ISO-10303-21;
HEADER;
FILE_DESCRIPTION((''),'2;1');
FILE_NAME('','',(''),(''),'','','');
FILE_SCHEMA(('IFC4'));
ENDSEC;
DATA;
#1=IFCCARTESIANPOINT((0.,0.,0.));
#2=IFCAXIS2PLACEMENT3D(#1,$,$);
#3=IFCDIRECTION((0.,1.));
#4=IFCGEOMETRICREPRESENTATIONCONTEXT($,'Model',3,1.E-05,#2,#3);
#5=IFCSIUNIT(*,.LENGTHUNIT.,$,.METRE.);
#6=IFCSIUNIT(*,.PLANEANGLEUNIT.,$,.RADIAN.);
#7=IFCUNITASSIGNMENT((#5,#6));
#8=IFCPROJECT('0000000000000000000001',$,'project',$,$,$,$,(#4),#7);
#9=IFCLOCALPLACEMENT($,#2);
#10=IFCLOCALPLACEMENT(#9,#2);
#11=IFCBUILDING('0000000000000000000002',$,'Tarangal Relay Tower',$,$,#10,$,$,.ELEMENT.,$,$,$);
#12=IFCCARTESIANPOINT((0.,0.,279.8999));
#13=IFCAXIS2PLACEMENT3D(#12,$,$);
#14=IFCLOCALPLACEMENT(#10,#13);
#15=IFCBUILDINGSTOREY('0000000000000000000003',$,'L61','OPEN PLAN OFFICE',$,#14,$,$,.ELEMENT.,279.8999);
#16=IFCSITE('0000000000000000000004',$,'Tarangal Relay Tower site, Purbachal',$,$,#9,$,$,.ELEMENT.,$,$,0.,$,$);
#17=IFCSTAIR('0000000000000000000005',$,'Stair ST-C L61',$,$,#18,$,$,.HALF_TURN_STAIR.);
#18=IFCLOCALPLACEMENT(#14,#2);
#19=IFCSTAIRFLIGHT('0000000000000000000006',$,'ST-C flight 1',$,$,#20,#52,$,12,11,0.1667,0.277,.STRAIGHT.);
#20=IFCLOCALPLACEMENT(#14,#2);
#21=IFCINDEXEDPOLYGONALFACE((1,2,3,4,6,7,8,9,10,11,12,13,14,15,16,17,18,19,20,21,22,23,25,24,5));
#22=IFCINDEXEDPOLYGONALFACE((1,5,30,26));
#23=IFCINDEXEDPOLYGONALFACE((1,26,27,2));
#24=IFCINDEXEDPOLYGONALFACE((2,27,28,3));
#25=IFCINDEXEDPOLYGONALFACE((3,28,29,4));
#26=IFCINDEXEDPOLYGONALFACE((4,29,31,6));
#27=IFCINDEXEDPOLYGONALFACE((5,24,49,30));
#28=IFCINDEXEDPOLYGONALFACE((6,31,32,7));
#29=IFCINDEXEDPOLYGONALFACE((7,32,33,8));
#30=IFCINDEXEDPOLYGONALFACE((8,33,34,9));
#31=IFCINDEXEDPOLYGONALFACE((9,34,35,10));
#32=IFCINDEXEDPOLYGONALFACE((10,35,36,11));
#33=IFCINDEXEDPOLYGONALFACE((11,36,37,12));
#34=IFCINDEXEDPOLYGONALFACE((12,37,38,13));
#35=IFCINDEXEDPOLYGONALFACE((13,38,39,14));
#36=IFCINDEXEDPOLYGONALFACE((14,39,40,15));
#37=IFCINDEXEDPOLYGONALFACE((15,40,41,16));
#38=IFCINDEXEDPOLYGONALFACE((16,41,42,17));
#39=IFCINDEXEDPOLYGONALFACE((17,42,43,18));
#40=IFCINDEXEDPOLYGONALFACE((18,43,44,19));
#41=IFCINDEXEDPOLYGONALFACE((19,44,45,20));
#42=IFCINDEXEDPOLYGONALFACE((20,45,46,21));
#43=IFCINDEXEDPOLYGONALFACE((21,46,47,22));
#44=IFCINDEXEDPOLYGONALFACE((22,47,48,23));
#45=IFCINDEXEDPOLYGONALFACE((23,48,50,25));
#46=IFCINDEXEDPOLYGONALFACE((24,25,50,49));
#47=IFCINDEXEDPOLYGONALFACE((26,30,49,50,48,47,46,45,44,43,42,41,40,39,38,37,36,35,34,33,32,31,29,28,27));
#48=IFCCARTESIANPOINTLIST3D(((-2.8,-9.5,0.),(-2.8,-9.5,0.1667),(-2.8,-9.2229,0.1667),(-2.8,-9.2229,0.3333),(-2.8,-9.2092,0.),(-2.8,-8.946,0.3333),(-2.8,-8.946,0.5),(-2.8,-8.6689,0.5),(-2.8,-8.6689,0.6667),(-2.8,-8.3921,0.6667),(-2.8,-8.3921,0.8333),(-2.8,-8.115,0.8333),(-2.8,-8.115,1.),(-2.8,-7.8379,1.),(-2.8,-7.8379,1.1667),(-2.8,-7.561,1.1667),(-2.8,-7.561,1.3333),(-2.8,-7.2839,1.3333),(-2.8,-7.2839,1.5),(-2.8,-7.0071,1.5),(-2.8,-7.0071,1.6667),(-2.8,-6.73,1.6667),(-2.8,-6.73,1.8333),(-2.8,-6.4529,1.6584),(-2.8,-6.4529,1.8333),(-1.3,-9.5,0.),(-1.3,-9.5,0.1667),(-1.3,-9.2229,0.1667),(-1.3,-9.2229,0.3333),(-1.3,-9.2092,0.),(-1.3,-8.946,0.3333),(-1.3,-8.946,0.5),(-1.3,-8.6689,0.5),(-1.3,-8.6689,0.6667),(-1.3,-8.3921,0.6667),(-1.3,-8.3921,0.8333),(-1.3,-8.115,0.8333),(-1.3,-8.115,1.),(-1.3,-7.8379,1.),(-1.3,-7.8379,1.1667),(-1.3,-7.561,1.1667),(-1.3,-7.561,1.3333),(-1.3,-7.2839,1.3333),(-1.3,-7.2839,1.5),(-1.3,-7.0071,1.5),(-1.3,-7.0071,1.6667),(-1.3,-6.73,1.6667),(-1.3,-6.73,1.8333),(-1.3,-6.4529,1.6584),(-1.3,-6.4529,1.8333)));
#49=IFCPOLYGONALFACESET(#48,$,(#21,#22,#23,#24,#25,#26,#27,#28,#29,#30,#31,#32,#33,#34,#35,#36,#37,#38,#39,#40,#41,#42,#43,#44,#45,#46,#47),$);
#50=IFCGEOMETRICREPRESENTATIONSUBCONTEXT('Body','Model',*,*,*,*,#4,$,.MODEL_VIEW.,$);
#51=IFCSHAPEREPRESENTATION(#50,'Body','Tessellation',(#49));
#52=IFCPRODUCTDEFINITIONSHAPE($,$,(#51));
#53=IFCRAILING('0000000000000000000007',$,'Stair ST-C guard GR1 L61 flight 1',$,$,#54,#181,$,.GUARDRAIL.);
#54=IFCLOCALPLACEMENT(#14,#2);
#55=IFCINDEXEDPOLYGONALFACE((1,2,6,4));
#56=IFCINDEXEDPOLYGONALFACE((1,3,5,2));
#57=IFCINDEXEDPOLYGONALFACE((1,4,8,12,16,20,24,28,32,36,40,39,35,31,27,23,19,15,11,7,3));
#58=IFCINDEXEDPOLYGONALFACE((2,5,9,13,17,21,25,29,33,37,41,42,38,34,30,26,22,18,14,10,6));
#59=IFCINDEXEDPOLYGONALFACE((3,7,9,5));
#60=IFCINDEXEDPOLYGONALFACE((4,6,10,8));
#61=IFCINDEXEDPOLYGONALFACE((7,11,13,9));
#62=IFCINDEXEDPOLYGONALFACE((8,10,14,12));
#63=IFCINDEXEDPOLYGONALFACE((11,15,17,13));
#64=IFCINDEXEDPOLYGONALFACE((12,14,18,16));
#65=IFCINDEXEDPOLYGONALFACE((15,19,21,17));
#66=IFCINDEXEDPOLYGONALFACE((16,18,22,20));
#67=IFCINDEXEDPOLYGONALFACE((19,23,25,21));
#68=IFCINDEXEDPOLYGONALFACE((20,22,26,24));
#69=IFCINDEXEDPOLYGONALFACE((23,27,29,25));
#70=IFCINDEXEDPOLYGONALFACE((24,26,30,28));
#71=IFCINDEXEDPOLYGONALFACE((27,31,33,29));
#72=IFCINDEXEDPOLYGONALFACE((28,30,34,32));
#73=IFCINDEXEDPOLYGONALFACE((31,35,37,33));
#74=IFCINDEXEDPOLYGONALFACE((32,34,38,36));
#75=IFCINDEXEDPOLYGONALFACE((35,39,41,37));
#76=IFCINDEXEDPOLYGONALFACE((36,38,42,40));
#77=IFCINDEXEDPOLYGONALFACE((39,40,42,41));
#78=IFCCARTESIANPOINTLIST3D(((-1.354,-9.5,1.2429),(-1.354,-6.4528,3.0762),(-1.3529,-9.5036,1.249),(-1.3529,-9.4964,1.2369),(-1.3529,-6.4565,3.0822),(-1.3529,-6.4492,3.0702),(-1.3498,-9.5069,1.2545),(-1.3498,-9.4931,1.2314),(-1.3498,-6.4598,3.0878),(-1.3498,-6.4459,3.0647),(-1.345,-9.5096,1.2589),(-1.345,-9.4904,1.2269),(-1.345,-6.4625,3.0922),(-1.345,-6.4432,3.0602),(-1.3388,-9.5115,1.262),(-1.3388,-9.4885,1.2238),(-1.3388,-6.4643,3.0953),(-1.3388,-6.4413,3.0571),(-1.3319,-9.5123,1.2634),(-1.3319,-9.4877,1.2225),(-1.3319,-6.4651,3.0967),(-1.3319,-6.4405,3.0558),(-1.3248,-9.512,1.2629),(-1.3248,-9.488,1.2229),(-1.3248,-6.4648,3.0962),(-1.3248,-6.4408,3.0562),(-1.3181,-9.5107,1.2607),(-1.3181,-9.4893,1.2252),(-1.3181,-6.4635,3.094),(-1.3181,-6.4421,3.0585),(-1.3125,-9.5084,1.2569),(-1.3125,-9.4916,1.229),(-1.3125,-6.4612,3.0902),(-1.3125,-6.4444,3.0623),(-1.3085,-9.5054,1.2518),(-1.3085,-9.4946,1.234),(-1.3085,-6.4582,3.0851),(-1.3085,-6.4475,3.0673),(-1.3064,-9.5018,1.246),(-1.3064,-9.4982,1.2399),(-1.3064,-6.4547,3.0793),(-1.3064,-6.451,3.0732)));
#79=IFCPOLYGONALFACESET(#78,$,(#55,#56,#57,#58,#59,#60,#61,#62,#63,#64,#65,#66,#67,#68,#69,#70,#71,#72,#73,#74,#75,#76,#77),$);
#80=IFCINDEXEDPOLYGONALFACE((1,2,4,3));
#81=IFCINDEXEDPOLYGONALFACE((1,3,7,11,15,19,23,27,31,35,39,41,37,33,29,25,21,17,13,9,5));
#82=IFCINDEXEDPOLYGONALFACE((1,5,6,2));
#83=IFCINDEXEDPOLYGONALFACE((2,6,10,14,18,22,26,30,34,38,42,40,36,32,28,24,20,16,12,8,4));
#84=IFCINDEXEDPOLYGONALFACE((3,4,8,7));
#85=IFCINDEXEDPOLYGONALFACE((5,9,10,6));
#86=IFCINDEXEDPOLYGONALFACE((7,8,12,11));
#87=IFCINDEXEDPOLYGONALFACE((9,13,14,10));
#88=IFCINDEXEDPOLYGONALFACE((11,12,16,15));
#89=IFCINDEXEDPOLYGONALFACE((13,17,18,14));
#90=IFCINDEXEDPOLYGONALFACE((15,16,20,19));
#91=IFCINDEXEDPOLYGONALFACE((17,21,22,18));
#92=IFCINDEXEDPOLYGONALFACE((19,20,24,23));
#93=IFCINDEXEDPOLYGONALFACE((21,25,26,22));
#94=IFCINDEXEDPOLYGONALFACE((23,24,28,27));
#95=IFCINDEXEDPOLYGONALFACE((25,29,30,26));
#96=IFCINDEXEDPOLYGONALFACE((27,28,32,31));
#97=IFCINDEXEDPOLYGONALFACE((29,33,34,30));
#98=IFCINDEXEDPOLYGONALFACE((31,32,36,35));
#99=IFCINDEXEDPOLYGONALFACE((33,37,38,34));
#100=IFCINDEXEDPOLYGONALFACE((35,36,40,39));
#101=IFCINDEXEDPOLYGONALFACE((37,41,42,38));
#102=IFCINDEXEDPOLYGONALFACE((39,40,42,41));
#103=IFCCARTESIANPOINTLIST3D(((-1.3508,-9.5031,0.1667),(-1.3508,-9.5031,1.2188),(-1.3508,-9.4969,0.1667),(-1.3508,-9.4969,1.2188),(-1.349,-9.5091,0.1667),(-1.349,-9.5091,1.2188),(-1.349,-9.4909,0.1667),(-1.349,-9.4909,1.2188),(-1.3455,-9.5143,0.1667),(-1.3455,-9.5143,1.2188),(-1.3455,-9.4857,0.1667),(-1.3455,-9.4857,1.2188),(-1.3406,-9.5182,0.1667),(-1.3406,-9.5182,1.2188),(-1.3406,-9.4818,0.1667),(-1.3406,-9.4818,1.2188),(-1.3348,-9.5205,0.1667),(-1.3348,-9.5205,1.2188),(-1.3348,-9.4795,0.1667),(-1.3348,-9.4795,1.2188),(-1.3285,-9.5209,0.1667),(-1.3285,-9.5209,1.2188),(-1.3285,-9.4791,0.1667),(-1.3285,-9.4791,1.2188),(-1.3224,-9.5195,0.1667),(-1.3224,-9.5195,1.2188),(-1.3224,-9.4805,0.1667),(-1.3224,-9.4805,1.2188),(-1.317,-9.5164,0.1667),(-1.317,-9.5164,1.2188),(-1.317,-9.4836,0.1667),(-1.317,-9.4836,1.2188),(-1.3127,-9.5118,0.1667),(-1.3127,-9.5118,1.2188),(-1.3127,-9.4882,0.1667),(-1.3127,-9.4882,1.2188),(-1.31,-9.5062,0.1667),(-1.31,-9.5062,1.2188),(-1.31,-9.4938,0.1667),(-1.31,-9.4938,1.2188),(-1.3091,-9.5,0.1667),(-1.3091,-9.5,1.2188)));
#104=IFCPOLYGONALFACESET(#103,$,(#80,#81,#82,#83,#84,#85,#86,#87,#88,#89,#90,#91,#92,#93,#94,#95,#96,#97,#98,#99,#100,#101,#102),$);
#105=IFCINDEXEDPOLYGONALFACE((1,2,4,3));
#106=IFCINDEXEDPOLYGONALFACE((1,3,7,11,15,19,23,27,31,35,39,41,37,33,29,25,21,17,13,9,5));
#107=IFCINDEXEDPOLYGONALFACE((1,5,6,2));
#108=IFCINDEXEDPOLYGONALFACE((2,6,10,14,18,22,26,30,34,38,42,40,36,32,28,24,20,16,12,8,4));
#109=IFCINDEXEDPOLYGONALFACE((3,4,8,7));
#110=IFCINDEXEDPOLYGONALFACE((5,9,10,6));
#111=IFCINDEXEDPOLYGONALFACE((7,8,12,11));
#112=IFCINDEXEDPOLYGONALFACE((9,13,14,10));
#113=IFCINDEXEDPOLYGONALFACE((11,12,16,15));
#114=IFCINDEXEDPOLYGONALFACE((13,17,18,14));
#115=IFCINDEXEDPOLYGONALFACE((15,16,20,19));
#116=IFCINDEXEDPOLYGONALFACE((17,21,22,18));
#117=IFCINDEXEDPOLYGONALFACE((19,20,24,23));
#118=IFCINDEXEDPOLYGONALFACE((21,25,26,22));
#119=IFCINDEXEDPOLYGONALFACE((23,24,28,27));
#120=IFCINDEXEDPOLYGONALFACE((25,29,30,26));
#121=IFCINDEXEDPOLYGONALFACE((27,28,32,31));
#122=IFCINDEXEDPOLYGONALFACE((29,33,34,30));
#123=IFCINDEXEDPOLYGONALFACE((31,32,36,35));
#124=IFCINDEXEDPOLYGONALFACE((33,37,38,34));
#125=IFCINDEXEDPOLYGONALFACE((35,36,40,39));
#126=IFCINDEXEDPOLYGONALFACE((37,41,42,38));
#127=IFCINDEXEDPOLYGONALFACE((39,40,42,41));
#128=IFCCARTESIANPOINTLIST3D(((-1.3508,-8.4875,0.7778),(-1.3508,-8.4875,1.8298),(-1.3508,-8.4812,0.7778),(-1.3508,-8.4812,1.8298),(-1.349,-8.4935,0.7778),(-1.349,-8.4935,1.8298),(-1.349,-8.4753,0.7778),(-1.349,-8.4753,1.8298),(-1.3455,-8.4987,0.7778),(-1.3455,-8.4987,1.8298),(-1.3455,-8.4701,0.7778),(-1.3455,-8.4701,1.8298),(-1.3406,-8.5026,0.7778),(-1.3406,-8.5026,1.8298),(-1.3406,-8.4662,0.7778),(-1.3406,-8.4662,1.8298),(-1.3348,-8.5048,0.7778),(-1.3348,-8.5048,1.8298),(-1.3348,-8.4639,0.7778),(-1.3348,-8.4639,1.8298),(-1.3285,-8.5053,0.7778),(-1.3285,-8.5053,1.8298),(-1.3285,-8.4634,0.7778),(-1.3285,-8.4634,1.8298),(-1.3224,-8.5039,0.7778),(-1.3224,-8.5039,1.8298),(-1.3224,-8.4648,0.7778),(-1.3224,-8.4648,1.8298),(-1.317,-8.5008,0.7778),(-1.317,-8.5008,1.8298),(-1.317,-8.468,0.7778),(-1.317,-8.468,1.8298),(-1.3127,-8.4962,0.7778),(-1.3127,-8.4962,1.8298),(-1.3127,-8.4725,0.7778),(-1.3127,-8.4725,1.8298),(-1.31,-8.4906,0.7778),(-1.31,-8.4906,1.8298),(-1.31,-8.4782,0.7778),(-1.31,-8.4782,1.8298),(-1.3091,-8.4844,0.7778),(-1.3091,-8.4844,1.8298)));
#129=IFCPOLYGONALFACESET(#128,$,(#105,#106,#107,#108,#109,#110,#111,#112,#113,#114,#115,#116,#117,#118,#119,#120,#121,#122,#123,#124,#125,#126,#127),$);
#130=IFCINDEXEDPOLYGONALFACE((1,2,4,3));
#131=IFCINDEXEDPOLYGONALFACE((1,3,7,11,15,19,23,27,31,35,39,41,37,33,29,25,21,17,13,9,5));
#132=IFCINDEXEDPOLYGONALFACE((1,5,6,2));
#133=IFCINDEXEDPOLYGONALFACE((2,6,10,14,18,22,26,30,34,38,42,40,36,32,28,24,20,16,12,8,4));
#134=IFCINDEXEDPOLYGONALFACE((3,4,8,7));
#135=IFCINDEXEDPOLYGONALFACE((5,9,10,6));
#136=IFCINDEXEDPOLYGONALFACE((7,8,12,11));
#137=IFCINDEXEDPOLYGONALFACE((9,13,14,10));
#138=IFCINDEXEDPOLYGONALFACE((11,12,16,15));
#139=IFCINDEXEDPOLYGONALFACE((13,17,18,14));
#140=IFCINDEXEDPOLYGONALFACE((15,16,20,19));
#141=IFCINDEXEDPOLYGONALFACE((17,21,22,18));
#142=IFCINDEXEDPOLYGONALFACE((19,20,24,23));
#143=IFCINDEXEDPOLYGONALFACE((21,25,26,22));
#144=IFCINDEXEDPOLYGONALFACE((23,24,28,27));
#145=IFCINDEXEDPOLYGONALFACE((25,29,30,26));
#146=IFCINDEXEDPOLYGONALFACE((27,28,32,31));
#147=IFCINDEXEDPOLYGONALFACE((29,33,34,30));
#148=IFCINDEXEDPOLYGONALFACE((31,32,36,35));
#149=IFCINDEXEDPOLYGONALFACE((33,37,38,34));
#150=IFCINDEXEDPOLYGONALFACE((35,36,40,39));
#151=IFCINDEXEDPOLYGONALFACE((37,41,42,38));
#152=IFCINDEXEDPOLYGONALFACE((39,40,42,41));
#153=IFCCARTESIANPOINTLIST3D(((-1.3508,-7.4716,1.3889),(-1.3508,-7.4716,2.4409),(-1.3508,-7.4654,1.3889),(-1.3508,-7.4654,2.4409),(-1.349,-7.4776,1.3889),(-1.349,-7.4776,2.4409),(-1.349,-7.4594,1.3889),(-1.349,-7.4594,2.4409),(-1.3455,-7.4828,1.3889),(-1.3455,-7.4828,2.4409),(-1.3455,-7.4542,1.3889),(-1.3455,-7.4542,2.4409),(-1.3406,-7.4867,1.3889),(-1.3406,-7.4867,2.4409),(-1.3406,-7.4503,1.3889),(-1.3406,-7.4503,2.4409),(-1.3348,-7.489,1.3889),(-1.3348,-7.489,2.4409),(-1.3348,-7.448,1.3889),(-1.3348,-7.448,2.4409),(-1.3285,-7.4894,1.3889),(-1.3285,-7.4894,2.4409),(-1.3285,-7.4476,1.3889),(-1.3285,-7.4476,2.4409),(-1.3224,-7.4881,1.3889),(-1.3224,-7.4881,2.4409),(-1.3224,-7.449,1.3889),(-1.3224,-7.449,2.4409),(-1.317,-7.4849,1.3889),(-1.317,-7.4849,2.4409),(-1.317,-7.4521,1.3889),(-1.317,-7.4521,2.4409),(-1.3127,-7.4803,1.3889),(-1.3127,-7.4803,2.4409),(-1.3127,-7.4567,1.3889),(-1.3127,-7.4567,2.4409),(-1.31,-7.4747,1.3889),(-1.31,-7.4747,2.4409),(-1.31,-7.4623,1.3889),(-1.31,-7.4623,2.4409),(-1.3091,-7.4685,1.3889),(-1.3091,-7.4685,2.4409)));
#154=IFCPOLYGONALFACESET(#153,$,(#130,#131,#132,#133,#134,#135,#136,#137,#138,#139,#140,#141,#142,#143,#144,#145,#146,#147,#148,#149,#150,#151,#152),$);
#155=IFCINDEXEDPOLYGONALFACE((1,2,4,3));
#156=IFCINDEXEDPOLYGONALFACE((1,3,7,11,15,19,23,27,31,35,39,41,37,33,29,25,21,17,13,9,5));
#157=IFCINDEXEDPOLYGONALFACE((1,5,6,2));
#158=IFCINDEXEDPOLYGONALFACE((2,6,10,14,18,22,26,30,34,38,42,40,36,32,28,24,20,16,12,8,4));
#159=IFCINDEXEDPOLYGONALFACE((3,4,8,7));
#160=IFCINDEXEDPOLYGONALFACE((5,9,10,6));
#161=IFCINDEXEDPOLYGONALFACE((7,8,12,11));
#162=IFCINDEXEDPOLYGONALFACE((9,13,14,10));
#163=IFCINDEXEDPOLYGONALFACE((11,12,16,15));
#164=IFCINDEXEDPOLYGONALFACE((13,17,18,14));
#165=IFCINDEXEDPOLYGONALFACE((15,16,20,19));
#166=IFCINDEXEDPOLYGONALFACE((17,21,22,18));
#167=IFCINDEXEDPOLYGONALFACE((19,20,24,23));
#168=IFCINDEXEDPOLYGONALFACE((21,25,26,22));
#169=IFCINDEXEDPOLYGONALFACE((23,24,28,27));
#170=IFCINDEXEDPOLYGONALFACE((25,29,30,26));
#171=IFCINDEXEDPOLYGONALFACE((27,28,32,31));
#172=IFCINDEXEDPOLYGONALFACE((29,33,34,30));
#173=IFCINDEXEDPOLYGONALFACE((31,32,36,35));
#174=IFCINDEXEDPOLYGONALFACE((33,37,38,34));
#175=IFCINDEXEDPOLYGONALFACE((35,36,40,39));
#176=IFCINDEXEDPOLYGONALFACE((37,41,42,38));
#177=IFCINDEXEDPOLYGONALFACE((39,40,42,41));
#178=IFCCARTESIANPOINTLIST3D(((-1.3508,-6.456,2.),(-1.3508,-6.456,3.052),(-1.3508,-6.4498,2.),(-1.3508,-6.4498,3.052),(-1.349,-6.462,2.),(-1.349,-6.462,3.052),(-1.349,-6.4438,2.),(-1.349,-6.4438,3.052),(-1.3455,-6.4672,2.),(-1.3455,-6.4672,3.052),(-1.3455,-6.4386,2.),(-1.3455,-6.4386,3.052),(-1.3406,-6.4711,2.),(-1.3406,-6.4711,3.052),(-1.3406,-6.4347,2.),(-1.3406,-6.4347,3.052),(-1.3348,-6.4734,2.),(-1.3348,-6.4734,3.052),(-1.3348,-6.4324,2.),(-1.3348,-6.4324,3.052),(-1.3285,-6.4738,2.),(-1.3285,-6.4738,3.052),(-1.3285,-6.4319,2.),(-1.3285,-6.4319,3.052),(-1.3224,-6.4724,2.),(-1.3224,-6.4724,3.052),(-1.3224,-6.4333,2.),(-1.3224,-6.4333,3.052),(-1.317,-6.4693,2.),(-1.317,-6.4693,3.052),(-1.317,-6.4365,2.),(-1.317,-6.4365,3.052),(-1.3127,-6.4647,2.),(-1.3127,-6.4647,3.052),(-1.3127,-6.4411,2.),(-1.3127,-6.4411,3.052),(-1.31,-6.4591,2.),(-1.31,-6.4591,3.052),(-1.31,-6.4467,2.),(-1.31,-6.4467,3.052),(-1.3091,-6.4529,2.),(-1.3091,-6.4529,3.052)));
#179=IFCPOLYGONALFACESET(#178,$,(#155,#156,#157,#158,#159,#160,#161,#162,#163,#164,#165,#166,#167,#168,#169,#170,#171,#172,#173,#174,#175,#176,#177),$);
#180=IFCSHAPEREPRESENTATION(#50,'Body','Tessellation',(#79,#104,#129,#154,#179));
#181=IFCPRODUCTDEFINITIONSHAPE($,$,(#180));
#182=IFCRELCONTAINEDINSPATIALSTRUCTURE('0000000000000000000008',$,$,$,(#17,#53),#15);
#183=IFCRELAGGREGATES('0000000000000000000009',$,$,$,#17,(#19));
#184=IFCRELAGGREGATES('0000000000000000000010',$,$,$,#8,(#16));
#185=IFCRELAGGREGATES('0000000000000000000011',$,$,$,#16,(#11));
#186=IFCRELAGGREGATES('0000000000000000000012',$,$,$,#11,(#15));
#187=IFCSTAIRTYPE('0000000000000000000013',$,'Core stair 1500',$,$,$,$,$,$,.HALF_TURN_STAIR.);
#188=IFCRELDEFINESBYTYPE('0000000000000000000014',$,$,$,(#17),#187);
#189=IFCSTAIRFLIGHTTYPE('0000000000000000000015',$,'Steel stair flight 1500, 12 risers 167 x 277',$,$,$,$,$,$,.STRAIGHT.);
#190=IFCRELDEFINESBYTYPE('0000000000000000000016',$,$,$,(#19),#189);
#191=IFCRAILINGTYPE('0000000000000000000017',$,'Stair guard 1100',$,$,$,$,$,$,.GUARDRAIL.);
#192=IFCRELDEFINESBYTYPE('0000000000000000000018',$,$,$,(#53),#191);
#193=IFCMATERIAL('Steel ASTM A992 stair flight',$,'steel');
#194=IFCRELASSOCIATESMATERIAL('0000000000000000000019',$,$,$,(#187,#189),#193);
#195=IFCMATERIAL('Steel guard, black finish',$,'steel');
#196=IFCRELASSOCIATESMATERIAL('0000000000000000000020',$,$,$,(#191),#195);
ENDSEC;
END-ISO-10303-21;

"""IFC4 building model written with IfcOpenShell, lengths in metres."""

from ifc_helpers import new_model, si_unit, direction, frame, origin, origin_2d, place, context, subcontext, project, spatial, polyline, circle, outline, extrude, material, type_object, element, aggregate, save


model = new_model("IFC4")

# Units and contexts
model_context = context("Model", 3, precision=1e-05, world=origin(), true_north=direction((0.0, 1.0)))
body_context = subcontext(model_context, "Body", "Model", "MODEL_VIEW")
ifc_project = project(units=[si_unit("LENGTHUNIT", "METRE"), si_unit("PLANEANGLEUNIT", "RADIAN")], contexts=[model_context])

# Site, building, storey
site_placement = place(None, origin())
site = spatial("IfcSite", under=ifc_project, at=site_placement, Name="Tarangal Relay Tower site, Purbachal", CompositionType="ELEMENT", RefElevation=0.0)
building_placement = place(site_placement, origin())
building = spatial("IfcBuilding", under=site, at=building_placement, Name="Tarangal Relay Tower", CompositionType="ELEMENT")
storey_placement = place(building_placement, frame((0.0, 0.0, 279.8999)))
storey = spatial("IfcBuildingStorey", under=building, at=storey_placement, Name="L61", Description="OPEN PLAN OFFICE", CompositionType="ELEMENT", Elevation=279.8999)

# Stair, stair flight
ifc_material_1 = material(Name="Steel ASTM A992 stair flight", Category="steel")
stair_type = type_object("IfcStairType", Name="Core stair 1500", PredefinedType="HALF_TURN_STAIR", material=ifc_material_1)
stair_placement = place(storey_placement, origin())
stair = element("IfcStair", 1, at=stair_placement, inside=storey, type_object=stair_type, Name="Stair ST-C L61", PredefinedType="HALF_TURN_STAIR")
stair_flight_type = type_object("IfcStairFlightType", Name="Steel stair flight 1500, 12 risers 167 x 277", PredefinedType="STRAIGHT", material=ifc_material_1)
stair_flight_placement = place(storey_placement, frame((-2.05, -9.5, 0.0), z_axis=(0.0, 0.0, 1.0), x_axis=(0.0, 1.0, 0.0)))
stair_flight = element("IfcStairFlight", 2, at=stair_flight_placement, type_object=stair_flight_type, Name="ST-C flight 1", NumberOfRisers=12, NumberOfTreads=11, PredefinedType="STRAIGHT", RiserHeight=0.1667, TreadLength=0.277, context=body_context, shape_type="SweptSolid", body=[
    extrude(outline(polyline([(0.0, 0.0), (0.0, 0.1667), (0.2771, 0.1667), (0.2771, 0.3333), (0.554, 0.3333), (0.554, 0.5), (0.8311, 0.5), (0.8311, 0.6667), (1.1079, 0.6667), (1.1079, 0.8333), (1.385, 0.8333), (1.385, 1.0), (1.6621, 1.0), (1.6621, 1.1667), (1.939, 1.1667), (1.939, 1.3333), (2.2161, 1.3333), (2.2161, 1.5), (2.4929, 1.5), (2.4929, 1.6667), (2.77, 1.6667), (2.77, 1.8333), (3.0471, 1.8333), (3.0471, 2.0), (3.0471, 1.6584), (0.2908, 0.0), (0.0, 0.0)])), frame((0.0, 0.75, 0.0), z_axis=(0.0, -1.0, 0.0), x_axis=(1.0, 0.0, 0.0)), (0.0, 0.0, 1.0), 1.5),
])
aggregate(stair, [stair_flight])

# Railing
ifc_material_2 = material(Name="Steel guard, black finish", Category="steel")
railing_type_1 = type_object("IfcRailingType", Name="Stair guard 1100", PredefinedType="GUARDRAIL", material=ifc_material_2)
railing_1_placement = place(storey_placement, frame((-1.3301, -9.5, 0.1667)))
element("IfcRailing", 3, at=railing_1_placement, inside=storey, type_object=railing_type_1, Name="Stair ST-C guard GR1 L61 flight 1", PredefinedType="GUARDRAIL", context=body_context, shape_type="SweptSolid", body=[
    extrude(circle(Radius=0.0239, at=origin_2d()), frame((0.0, 0.0, 1.0762), z_axis=(0.0, 0.856874, 0.515525), x_axis=(-1.0, 0.0, 0.0)), (0.0, 0.0, 1.0), 3.5562),
    extrude(circle(Radius=0.021, at=origin_2d()), origin(), (0.0, 0.0, 1.0), 1.052),
    extrude(circle(Radius=0.021, at=origin_2d()), frame((0.0, 1.0156, 0.6111)), (0.0, 0.0, 1.0), 1.052),
    extrude(circle(Radius=0.021, at=origin_2d()), frame((0.0, 2.0315, 1.2222)), (0.0, 0.0, 1.0), 1.052),
    extrude(circle(Radius=0.021, at=origin_2d()), frame((0.0, 3.0471, 1.8333)), (0.0, 0.0, 1.0), 1.052),
])

save(model, "model.ifc")
